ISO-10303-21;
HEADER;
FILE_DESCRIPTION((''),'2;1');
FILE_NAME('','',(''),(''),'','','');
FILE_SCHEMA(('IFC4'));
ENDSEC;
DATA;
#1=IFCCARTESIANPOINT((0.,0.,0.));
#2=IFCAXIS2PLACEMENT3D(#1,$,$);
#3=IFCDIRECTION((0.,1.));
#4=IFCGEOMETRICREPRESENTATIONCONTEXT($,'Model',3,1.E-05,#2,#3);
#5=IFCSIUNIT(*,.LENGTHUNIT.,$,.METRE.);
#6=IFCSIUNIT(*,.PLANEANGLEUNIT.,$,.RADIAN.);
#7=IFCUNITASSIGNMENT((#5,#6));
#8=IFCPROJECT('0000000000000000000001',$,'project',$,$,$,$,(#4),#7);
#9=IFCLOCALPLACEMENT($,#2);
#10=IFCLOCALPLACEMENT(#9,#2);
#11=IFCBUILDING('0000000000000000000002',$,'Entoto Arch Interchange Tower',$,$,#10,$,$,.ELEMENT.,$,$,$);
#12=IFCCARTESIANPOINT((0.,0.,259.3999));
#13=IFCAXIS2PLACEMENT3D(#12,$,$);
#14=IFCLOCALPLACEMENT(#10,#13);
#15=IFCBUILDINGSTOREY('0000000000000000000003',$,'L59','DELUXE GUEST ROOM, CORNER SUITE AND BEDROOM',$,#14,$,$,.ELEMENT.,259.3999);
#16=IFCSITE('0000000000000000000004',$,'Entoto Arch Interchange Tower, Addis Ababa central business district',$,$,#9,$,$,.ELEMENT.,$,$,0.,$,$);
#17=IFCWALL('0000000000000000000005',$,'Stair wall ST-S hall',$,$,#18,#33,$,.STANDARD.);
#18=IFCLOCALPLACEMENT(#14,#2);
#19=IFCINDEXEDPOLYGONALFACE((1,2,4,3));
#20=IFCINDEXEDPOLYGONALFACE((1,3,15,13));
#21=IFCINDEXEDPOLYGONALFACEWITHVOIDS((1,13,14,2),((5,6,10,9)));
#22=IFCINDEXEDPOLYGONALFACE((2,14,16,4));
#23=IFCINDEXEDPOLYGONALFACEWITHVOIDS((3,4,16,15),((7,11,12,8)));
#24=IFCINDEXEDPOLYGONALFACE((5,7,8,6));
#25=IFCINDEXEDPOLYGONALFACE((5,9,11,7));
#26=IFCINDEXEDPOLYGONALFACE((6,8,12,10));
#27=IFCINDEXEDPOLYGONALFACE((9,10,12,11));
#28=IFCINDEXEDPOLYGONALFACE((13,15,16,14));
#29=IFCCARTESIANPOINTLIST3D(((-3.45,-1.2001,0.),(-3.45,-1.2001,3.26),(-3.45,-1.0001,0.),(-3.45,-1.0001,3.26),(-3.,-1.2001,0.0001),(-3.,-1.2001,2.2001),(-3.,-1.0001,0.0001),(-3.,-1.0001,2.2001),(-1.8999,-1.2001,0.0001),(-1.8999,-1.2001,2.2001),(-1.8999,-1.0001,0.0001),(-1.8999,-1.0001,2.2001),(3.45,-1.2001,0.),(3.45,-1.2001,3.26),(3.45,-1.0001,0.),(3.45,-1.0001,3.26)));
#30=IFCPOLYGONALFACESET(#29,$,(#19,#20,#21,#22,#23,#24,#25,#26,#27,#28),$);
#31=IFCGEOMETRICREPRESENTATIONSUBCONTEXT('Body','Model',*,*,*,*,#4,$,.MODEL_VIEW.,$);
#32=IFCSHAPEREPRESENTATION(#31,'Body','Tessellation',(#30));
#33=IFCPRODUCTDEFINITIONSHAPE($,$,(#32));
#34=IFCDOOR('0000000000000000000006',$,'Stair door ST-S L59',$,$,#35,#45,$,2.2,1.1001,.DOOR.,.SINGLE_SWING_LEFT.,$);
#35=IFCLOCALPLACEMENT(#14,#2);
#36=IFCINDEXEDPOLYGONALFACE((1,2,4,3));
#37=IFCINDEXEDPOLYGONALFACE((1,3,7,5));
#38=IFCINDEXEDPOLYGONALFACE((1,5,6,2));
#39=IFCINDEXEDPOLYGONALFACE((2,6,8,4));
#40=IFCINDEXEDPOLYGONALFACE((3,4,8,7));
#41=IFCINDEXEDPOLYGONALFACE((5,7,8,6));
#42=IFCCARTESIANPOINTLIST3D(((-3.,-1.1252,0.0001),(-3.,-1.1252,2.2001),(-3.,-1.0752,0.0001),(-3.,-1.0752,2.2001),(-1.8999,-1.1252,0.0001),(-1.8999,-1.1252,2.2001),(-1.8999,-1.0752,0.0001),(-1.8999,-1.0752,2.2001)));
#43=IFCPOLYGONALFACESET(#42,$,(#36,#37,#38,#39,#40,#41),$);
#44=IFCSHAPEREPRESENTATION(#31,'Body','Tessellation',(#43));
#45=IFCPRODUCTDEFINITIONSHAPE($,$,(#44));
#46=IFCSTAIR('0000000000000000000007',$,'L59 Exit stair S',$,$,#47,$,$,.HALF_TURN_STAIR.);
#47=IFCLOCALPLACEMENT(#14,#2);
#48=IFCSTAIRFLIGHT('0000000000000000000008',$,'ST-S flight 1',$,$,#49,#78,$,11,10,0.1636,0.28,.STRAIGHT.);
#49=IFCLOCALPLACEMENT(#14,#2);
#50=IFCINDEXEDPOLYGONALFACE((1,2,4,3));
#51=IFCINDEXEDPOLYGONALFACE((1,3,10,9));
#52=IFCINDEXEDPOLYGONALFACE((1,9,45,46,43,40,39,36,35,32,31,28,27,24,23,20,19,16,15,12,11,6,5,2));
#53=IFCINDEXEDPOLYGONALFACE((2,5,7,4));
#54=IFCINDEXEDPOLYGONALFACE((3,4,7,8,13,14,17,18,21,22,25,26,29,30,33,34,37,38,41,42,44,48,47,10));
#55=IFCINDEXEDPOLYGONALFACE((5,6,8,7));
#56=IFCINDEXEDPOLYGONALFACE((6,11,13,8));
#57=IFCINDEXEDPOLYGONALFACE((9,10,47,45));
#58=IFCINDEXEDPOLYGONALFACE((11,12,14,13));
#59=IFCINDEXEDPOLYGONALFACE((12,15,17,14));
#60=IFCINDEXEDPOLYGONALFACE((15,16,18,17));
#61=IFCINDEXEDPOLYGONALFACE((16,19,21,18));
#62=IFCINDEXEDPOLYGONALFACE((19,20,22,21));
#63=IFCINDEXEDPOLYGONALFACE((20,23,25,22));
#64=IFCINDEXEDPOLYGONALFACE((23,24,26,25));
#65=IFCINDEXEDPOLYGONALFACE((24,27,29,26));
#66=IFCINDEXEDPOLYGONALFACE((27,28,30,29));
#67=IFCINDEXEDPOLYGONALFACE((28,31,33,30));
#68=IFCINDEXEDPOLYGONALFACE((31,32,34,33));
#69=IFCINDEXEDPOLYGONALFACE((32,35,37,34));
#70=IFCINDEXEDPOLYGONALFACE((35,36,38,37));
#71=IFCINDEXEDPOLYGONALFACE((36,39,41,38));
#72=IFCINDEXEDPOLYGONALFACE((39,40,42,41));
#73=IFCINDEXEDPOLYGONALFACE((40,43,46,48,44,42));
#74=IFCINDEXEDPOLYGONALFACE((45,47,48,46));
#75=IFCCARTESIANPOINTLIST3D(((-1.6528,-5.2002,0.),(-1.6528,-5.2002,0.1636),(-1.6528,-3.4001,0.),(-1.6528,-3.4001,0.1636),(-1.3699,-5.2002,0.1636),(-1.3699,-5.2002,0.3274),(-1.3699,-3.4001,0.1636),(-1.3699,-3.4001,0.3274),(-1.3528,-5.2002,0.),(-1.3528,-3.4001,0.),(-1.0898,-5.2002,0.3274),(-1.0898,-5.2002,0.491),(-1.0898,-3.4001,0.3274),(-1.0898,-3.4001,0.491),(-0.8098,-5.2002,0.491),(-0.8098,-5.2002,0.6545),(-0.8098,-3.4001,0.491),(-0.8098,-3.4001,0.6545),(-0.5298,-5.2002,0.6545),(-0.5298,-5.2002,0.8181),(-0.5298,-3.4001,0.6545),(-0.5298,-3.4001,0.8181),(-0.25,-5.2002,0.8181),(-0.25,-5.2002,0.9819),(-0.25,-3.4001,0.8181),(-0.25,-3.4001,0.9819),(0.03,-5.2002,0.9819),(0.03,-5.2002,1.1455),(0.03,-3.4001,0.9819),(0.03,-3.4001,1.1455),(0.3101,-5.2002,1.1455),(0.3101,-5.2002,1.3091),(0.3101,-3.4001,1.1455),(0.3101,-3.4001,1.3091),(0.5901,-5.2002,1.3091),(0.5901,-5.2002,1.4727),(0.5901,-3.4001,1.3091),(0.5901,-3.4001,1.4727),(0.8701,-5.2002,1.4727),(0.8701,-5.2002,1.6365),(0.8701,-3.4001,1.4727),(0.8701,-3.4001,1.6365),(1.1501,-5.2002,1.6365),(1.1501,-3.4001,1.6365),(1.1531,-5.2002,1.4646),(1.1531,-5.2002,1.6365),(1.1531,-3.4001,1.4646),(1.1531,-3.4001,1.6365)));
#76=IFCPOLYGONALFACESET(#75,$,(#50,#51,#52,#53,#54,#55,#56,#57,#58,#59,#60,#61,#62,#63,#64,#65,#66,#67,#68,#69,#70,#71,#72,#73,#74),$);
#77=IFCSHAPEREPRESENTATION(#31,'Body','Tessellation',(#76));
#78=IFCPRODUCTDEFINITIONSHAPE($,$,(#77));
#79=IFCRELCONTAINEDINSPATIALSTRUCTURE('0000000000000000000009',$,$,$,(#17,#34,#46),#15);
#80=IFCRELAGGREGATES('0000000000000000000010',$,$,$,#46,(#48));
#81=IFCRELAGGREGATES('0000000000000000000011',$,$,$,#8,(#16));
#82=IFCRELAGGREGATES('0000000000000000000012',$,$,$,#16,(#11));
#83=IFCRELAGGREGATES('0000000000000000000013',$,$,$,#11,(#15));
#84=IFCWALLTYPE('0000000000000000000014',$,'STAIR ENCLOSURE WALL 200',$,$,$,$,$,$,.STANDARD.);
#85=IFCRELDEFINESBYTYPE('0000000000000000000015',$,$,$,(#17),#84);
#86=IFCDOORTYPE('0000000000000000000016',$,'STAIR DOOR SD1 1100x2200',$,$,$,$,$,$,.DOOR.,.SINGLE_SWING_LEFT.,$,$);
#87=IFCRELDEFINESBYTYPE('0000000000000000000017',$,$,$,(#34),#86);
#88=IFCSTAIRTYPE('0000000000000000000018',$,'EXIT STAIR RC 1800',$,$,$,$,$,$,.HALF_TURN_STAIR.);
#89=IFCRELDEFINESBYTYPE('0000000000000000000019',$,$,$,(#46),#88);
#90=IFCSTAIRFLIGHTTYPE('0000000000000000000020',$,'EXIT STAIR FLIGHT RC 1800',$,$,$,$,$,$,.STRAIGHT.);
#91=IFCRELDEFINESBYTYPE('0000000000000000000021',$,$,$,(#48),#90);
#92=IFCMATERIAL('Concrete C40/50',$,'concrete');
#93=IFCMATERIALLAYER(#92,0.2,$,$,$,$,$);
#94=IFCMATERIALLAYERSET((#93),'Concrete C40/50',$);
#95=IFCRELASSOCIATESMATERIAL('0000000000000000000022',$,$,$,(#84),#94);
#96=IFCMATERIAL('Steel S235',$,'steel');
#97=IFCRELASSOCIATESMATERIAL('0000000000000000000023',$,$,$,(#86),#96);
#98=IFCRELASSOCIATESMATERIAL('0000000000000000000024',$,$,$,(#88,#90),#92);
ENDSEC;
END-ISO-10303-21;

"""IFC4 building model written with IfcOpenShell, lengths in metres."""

from ifc_helpers import new_model, si_unit, direction, frame, frame_2d, origin, place, context, subcontext, project, spatial, polyline, rectangle, outline, extrude, material, layer, layer_set, type_object, element, fill, aggregate, save


model = new_model("IFC4")

# Units and contexts
model_context = context("Model", 3, precision=1e-05, world=origin(), true_north=direction((0.0, 1.0)))
body_context = subcontext(model_context, "Body", "Model", "MODEL_VIEW")
ifc_project = project(units=[si_unit("LENGTHUNIT", "METRE"), si_unit("PLANEANGLEUNIT", "RADIAN")], contexts=[model_context])

# Site, building, storey
site_placement = place(None, origin())
site = spatial("IfcSite", under=ifc_project, at=site_placement, Name="Entoto Arch Interchange Tower, Addis Ababa central business district", CompositionType="ELEMENT", RefElevation=0.0)
building_placement = place(site_placement, origin())
building = spatial("IfcBuilding", under=site, at=building_placement, Name="Entoto Arch Interchange Tower", CompositionType="ELEMENT")
storey_placement = place(building_placement, frame((0.0, 0.0, 259.3999)))
storey = spatial("IfcBuildingStorey", under=building, at=storey_placement, Name="L59", Description="DELUXE GUEST ROOM, CORNER SUITE AND BEDROOM", CompositionType="ELEMENT", Elevation=259.3999)

# Shared definitions
ifc_material_1 = material(Name="Concrete C40/50", Category="concrete")

# Wall, opening, door
ifc_layer_1 = layer(ifc_material_1, 0.2)
ifc_layer_set_1 = layer_set([ifc_layer_1], Name="Concrete C40/50")
wall_type_1 = type_object("IfcWallType", Name="STAIR ENCLOSURE WALL 200", PredefinedType="STANDARD", material=ifc_layer_set_1)
ifc_material_2 = material(Name="Steel S235", Category="steel")
door_type_1 = type_object("IfcDoorType", Name="STAIR DOOR SD1 1100x2200", OperationType="SINGLE_SWING_LEFT", PredefinedType="DOOR", material=ifc_material_2)
wall_1_placement = place(storey_placement, frame((-3.45, -1.1001, 0.0), z_axis=(0.0, 0.0, 1.0), x_axis=(1.0, 0.0, 0.0)))
wall_1 = element("IfcWall", 1, at=wall_1_placement, inside=storey, type_object=wall_type_1, Name="Stair wall ST-S hall", PredefinedType="STANDARD", context=body_context, shape_type="SweptSolid", body=[
    extrude(rectangle(XDim=6.8999, YDim=0.2, at=frame_2d((3.45, 0.0))), origin(), (0.0, 0.0, 1.0), 3.26),
])
opening_1_placement = place(wall_1_placement, frame((0.45, 0.0, 0.0)))
opening_1 = element("IfcOpeningElement", 2, at=opening_1_placement, cuts=wall_1, PredefinedType="OPENING", context=body_context, shape_type="SweptSolid", body=[
    extrude(rectangle(XDim=1.1001, YDim=2.2, at=frame_2d((0.55, 1.1001))), frame((0.0, 0.1099, 0.0), z_axis=(0.0, -1.0, 0.0), x_axis=(1.0, 0.0, 0.0)), (0.0, 0.0, 1.0), 0.22),
])
door_1_placement = place(opening_1_placement, origin())
door_1 = element("IfcDoor", 3, at=door_1_placement, inside=storey, type_object=door_type_1, Name="Stair door ST-S L59", OperationType="SINGLE_SWING_LEFT", OverallHeight=2.2, OverallWidth=1.1001, PredefinedType="DOOR", context=body_context, shape_type="SweptSolid", body=[
    extrude(rectangle(XDim=1.1001, YDim=2.2, at=frame_2d((0.55, 1.1001))), frame((0.0, 0.0249, 0.0), z_axis=(0.0, -1.0, 0.0), x_axis=(1.0, 0.0, 0.0)), (0.0, 0.0, 1.0), 0.05),
])
fill(opening_1, door_1)

# Stair, stair flight
stair_type = type_object("IfcStairType", Name="EXIT STAIR RC 1800", PredefinedType="HALF_TURN_STAIR", material=ifc_material_1)
stair_placement = place(storey_placement, origin())
stair = element("IfcStair", 4, at=stair_placement, inside=storey, type_object=stair_type, Name="L59 Exit stair S", PredefinedType="HALF_TURN_STAIR")
stair_flight_type = type_object("IfcStairFlightType", Name="EXIT STAIR FLIGHT RC 1800", PredefinedType="STRAIGHT", material=ifc_material_1)
stair_flight_placement = place(storey_placement, frame((-1.6499, -4.3, 0.0), z_axis=(0.0, 0.0, 1.0), x_axis=(1.0, 0.0, 0.0)))
stair_flight = element("IfcStairFlight", 5, at=stair_flight_placement, type_object=stair_flight_type, Name="ST-S flight 1", NumberOfRisers=11, NumberOfTreads=10, PredefinedType="STRAIGHT", RiserHeight=0.1636, TreadLength=0.28, context=body_context, shape_type="SweptSolid", body=[
    extrude(outline(polyline([(-0.0029, 0.0), (-0.0029, 0.1636), (0.28, 0.1636), (0.28, 0.3274), (0.5601, 0.3274), (0.5601, 0.491), (0.8401, 0.491), (0.8401, 0.6545), (1.1201, 0.6545), (1.1201, 0.8181), (1.3999, 0.8181), (1.3999, 0.9819), (1.6799, 0.9819), (1.6799, 1.1455), (1.96, 1.1455), (1.96, 1.3091), (2.24, 1.3091), (2.24, 1.4727), (2.52, 1.4727), (2.52, 1.6365), (2.8, 1.6365), (2.803, 1.6365), (2.803, 1.4646), (0.2971, 0.0), (-0.0029, 0.0)])), frame((0.0, 0.8999, 0.0), z_axis=(0.0, -1.0, 0.0), x_axis=(1.0, 0.0, 0.0)), (0.0, 0.0, 1.0), 1.8),
])
aggregate(stair, [stair_flight])

save(model, "model.ifc")
